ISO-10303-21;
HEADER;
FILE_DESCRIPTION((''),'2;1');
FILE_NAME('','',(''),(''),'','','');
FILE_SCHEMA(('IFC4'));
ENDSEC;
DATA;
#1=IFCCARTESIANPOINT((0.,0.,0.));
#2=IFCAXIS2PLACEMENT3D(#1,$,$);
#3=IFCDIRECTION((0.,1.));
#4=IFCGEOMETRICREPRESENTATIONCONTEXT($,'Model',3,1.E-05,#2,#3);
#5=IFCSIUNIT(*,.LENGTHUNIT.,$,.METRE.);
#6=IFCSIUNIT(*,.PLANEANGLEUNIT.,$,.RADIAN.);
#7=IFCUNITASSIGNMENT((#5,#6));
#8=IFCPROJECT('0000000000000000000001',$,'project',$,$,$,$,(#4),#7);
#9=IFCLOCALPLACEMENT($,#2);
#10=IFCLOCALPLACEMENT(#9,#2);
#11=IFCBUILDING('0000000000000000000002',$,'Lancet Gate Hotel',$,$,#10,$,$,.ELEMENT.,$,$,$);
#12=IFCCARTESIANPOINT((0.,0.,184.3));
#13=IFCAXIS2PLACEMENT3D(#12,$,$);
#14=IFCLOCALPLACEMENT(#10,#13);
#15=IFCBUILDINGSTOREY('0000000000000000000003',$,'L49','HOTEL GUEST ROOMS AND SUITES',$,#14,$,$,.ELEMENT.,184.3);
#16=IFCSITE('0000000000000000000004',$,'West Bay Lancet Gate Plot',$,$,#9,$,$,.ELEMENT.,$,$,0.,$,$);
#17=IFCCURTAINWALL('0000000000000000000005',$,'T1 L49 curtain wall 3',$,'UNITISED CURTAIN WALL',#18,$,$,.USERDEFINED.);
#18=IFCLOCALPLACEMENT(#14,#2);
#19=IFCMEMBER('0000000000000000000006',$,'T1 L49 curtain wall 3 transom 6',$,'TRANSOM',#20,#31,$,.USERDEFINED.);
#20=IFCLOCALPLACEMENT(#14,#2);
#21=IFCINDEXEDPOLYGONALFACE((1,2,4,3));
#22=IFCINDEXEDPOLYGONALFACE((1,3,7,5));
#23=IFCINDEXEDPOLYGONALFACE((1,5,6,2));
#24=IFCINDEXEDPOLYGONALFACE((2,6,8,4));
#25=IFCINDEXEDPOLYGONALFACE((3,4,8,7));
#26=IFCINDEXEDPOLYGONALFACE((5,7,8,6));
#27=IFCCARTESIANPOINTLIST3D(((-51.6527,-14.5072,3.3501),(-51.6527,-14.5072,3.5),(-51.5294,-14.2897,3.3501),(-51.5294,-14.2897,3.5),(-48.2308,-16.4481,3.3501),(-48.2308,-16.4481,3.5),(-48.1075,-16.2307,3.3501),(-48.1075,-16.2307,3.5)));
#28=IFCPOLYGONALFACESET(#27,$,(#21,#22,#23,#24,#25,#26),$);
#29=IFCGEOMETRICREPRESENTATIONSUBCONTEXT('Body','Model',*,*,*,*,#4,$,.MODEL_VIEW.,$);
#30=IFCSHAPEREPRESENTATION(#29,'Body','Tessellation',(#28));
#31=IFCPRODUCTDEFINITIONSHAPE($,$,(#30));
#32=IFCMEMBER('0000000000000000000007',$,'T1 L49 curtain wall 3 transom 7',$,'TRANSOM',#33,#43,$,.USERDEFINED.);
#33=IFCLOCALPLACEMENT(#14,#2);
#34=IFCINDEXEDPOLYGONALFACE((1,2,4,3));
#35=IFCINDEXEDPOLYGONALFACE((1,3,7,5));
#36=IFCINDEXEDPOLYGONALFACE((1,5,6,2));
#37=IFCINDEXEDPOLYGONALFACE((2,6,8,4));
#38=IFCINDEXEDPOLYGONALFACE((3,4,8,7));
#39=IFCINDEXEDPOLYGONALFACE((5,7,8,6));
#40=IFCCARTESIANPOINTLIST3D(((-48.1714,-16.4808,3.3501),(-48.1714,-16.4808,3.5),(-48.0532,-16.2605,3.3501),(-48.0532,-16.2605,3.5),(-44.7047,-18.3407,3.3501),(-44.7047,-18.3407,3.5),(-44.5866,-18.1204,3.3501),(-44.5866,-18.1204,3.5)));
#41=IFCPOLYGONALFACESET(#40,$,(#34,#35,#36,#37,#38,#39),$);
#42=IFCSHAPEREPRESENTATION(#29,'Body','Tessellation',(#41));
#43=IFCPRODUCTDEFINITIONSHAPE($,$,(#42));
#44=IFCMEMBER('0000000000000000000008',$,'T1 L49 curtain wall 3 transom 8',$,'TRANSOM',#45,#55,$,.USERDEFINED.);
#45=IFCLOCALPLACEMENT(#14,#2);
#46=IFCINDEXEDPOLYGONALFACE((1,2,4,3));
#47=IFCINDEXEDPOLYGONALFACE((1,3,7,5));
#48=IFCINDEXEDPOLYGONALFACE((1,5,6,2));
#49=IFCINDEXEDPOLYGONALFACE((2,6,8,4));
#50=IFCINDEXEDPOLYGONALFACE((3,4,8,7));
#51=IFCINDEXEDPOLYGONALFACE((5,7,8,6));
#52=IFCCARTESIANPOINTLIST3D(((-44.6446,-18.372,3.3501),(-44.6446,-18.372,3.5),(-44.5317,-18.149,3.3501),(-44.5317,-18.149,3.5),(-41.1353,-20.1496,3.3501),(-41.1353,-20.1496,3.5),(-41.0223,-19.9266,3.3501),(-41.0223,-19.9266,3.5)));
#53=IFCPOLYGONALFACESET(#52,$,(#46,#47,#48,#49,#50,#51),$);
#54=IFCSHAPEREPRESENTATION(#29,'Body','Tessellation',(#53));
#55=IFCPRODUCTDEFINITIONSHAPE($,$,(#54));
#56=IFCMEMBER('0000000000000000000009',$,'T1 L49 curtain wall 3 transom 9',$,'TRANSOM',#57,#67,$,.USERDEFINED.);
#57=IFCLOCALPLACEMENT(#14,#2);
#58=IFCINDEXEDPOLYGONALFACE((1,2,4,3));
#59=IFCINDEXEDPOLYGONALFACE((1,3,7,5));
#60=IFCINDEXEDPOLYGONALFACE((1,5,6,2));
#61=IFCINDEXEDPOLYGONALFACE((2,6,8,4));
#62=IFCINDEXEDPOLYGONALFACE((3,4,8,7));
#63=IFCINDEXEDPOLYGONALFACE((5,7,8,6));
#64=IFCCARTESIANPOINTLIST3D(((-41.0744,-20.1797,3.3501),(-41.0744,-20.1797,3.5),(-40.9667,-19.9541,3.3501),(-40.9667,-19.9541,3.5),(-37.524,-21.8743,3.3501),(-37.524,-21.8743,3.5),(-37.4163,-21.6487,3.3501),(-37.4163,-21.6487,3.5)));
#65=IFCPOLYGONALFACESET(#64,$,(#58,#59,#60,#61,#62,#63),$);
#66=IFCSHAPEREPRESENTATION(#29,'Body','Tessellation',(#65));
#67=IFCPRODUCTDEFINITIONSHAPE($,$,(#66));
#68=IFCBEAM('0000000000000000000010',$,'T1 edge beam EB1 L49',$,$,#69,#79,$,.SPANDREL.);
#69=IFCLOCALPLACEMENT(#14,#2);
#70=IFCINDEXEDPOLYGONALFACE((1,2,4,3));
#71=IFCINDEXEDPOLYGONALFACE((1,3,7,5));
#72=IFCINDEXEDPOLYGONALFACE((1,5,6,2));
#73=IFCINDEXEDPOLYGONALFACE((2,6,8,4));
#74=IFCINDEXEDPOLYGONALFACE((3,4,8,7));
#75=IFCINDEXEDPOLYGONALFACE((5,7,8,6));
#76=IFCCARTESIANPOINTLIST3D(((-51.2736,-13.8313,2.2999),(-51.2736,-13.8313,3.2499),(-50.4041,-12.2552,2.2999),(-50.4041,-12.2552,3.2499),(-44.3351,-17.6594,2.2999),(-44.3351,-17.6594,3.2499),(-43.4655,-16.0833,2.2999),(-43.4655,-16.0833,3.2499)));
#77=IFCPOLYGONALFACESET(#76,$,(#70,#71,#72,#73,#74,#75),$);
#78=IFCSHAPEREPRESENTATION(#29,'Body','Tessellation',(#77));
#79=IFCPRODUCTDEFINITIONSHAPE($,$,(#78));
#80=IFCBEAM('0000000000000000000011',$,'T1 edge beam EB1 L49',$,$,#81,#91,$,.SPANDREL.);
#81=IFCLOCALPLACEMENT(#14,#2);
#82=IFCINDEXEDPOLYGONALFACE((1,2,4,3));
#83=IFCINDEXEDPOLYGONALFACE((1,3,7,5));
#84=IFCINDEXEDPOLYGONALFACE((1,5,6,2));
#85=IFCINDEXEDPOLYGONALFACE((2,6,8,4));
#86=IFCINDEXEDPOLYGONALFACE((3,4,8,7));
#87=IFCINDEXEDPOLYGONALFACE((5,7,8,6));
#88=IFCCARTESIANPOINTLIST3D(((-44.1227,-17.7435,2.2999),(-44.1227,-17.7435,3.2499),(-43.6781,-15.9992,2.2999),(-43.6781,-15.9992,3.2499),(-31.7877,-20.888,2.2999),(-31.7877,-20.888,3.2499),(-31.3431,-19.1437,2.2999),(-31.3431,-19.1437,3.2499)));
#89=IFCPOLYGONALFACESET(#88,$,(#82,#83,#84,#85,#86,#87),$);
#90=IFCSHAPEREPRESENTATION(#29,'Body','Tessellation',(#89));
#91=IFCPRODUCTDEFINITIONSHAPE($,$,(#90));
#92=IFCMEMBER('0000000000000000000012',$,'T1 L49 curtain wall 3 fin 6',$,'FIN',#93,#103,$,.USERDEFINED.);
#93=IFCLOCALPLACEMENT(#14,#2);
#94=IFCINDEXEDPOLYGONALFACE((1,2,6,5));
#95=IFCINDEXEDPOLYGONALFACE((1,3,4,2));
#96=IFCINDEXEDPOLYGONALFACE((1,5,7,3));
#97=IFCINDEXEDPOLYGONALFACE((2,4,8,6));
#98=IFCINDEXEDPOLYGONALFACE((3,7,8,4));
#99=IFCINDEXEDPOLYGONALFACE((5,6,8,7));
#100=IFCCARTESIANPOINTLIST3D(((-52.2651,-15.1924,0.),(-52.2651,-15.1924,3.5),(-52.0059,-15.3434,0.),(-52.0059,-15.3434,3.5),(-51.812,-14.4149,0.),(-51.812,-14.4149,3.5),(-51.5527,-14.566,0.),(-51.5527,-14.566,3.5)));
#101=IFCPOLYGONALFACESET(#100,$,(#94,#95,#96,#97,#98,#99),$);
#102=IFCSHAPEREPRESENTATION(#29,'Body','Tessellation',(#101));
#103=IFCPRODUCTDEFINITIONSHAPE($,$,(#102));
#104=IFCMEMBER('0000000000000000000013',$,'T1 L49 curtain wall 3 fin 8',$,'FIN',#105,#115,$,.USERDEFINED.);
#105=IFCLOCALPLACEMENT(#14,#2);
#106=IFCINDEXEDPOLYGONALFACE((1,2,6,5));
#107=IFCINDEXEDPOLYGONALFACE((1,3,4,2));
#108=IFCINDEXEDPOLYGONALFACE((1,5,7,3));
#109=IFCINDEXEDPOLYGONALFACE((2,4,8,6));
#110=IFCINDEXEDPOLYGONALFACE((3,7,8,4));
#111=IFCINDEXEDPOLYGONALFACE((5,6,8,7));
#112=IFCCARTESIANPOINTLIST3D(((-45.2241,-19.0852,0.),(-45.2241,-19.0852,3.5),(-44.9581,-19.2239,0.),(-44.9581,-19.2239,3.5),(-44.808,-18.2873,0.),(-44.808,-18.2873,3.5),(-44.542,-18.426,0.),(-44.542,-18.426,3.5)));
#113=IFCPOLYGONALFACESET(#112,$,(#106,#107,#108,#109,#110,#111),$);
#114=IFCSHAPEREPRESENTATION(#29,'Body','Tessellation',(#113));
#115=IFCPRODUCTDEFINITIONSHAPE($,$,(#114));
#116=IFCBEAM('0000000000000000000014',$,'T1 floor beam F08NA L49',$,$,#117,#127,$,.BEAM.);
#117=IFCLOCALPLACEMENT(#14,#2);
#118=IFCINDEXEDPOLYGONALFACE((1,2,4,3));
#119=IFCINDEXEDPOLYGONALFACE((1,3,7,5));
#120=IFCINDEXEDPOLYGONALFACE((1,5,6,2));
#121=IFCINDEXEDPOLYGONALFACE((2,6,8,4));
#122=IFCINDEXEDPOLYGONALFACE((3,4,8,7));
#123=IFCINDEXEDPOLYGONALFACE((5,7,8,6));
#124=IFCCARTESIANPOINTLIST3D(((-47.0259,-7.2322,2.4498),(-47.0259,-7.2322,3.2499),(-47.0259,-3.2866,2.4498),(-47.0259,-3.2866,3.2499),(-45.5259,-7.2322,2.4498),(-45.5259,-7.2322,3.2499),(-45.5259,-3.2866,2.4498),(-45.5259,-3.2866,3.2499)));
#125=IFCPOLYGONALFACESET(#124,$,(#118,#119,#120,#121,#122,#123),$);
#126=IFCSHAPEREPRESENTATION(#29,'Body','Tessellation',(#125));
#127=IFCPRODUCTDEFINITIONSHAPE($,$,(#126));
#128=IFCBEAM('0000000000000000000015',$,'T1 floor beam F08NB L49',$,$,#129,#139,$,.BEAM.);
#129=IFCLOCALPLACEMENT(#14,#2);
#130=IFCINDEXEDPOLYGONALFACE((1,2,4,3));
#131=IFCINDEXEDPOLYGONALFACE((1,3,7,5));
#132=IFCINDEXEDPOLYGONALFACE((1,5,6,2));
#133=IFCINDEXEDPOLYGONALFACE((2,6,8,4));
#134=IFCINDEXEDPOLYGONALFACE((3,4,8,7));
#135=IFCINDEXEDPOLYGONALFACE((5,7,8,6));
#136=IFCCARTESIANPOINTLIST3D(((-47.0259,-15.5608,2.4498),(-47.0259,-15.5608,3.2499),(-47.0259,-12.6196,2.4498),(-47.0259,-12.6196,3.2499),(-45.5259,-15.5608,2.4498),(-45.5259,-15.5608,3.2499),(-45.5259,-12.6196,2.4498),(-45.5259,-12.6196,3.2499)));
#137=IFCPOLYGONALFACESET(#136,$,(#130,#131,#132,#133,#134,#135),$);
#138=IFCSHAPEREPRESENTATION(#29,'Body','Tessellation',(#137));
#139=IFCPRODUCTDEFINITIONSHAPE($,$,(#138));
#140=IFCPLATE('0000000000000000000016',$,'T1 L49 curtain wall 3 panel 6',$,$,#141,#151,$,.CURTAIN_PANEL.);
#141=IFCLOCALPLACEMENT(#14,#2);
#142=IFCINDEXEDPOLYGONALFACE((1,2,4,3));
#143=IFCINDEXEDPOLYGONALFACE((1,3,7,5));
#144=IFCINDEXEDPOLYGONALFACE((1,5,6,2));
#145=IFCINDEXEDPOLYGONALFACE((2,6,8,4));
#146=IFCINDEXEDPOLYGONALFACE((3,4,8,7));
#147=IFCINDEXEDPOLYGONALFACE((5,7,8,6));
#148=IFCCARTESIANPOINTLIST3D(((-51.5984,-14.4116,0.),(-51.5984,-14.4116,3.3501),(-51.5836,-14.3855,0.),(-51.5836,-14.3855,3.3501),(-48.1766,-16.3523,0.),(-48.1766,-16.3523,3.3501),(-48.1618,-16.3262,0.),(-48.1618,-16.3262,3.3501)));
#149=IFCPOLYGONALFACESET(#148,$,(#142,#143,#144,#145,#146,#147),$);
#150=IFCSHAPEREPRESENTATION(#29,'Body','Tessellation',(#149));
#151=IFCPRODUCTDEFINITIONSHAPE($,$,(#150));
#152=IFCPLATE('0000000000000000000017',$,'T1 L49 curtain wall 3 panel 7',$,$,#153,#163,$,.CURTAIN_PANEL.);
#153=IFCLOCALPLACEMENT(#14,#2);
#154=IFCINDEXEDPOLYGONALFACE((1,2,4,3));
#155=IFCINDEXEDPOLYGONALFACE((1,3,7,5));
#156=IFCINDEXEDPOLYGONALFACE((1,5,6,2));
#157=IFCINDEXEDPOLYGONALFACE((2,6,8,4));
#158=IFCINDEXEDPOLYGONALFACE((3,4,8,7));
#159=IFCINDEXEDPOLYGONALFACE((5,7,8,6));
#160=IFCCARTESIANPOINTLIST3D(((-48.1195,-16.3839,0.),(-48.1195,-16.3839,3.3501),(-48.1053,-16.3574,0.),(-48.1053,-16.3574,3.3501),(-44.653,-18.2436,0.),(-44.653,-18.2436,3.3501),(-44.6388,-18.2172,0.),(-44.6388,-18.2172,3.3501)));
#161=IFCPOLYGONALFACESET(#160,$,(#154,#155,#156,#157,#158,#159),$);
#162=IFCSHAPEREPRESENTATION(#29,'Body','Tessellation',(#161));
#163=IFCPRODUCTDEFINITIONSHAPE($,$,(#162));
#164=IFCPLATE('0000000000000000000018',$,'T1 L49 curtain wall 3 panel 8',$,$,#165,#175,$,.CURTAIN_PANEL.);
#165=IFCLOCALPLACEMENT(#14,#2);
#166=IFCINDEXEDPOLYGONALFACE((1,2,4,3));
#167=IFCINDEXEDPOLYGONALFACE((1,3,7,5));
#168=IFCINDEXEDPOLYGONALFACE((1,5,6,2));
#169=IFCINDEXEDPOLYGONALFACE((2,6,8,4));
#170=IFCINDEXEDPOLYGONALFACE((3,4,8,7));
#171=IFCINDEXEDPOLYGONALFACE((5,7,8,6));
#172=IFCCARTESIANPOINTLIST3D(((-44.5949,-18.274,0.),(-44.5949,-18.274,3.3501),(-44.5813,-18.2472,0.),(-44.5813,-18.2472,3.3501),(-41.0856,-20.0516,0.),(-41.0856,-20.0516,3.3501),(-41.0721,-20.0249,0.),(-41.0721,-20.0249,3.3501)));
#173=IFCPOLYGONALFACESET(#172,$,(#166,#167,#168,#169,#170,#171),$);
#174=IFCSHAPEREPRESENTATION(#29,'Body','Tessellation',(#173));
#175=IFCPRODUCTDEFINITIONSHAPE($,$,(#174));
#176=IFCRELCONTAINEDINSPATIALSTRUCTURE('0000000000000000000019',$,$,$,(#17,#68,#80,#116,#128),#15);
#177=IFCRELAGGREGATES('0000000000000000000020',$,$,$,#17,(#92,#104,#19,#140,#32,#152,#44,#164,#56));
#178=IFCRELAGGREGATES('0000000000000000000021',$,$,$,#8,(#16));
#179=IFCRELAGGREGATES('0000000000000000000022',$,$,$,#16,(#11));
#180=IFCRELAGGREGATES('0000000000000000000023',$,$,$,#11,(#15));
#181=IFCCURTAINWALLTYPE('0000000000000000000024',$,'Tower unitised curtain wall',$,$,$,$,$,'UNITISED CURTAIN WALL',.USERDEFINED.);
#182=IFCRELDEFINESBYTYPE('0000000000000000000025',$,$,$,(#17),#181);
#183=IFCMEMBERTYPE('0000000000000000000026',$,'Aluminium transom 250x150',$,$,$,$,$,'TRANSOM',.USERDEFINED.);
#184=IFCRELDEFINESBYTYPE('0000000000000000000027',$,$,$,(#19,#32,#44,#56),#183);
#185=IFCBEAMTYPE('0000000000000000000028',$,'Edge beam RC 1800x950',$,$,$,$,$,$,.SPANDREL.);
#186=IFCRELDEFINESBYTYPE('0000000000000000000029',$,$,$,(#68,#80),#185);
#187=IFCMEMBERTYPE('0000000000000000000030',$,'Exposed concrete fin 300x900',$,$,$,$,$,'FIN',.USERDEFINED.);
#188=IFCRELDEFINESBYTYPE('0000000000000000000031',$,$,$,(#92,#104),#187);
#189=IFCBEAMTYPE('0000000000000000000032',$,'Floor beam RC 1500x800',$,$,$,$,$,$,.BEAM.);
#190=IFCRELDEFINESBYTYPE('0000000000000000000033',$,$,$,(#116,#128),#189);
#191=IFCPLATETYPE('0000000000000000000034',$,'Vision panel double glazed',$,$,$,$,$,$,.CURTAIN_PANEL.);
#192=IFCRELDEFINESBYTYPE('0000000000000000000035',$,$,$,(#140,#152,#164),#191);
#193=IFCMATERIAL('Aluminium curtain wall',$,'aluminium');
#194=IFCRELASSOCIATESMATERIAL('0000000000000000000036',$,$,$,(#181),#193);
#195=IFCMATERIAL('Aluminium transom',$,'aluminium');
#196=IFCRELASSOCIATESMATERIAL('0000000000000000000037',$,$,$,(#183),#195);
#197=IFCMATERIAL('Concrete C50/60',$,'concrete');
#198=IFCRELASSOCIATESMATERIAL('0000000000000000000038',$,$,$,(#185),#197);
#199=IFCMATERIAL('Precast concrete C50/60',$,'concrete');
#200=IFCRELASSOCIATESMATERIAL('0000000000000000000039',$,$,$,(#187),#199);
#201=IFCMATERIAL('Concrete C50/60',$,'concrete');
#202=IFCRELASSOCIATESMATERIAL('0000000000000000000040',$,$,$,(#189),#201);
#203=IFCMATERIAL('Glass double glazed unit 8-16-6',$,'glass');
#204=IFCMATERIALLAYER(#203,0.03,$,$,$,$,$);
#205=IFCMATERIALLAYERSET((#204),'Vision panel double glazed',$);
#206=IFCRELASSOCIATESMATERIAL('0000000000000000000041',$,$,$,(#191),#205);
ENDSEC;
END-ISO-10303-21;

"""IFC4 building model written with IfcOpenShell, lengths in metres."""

from ifc_helpers import new_model, si_unit, direction, frame, origin, origin_2d, place, context, subcontext, project, spatial, rectangle, extrude, material, layer, layer_set, material_profile, profile_set, type_object, element, aggregate, save


model = new_model("IFC4")

# Units and contexts
model_context = context("Model", 3, precision=1e-05, world=origin(), true_north=direction((0.0, 1.0)))
body_context = subcontext(model_context, "Body", "Model", "MODEL_VIEW")
ifc_project = project(units=[si_unit("LENGTHUNIT", "METRE"), si_unit("PLANEANGLEUNIT", "RADIAN")], contexts=[model_context])

# Site, building, storey
site_placement = place(None, origin())
site = spatial("IfcSite", under=ifc_project, at=site_placement, Name="West Bay Lancet Gate Plot", CompositionType="ELEMENT", RefElevation=0.0)
building_placement = place(site_placement, origin())
building = spatial("IfcBuilding", under=site, at=building_placement, Name="Lancet Gate Hotel", CompositionType="ELEMENT")
storey_placement = place(building_placement, frame((0.0, 0.0, 184.3)))
storey = spatial("IfcBuildingStorey", under=building, at=storey_placement, Name="L49", Description="HOTEL GUEST ROOMS AND SUITES", CompositionType="ELEMENT", Elevation=184.3)

# Curtain wall, members
ifc_material_1 = material(Name="Aluminium curtain wall", Category="aluminium")
curtain_wall_type = type_object("IfcCurtainWallType", Name="Tower unitised curtain wall", ElementType="UNITISED CURTAIN WALL", PredefinedType="USERDEFINED", material=ifc_material_1)
curtain_wall_placement = place(storey_placement, origin())
curtain_wall = element("IfcCurtainWall", 1, at=curtain_wall_placement, inside=storey, type_object=curtain_wall_type, Name="T1 L49 curtain wall 3", ObjectType="UNITISED CURTAIN WALL", PredefinedType="USERDEFINED")
ifc_material_2 = material(Name="Aluminium transom", Category="aluminium")
ifc_material_profile_1 = material_profile(ifc_material_2, rectangle(XDim=0.25, YDim=0.1499, at=origin_2d()), Name="TRANSOM 250x150")
ifc_profile_set_1 = profile_set([ifc_material_profile_1], Name="Aluminium transom")
member_type_1 = type_object("IfcMemberType", Name="Aluminium transom 250x150", ElementType="TRANSOM", PredefinedType="USERDEFINED", material=ifc_profile_set_1)
member_1_placement = place(storey_placement, frame((-51.5911, -14.3984, 3.425), z_axis=(0.86982, -0.49337, 0.0), x_axis=(0.49337, 0.86982, 0.0)))
member_1 = element("IfcMember", 2, at=member_1_placement, type_object=member_type_1, Name="T1 L49 curtain wall 3 transom 6", ObjectType="TRANSOM", PredefinedType="USERDEFINED", context=body_context, shape_type="SweptSolid", body=[
    extrude(rectangle(XDim=0.25, YDim=0.1499, at=origin_2d()), origin(), (0.0, 0.0, 1.0), 3.9341),
])
member_2_placement = place(storey_placement, frame((-48.1123, -16.3706, 3.425), z_axis=(0.881185, -0.472771, 0.0), x_axis=(0.472771, 0.881185, 0.0)))
member_2 = element("IfcMember", 3, at=member_2_placement, type_object=member_type_1, Name="T1 L49 curtain wall 3 transom 7", ObjectType="TRANSOM", PredefinedType="USERDEFINED", context=body_context, shape_type="SweptSolid", body=[
    extrude(rectangle(XDim=0.25, YDim=0.1499, at=origin_2d()), origin(), (0.0, 0.0, 1.0), 3.9341),
])
member_3_placement = place(storey_placement, frame((-44.5881, -18.2605, 3.425), z_axis=(0.892081, -0.451875, 0.0), x_axis=(0.451875, 0.892081, 0.0)))
member_3 = element("IfcMember", 4, at=member_3_placement, type_object=member_type_1, Name="T1 L49 curtain wall 3 transom 8", ObjectType="TRANSOM", PredefinedType="USERDEFINED", context=body_context, shape_type="SweptSolid", body=[
    extrude(rectangle(XDim=0.25, YDim=0.1499, at=origin_2d()), origin(), (0.0, 0.0, 1.0), 3.9338),
])
member_4_placement = place(storey_placement, frame((-41.0205, -20.0669, 3.425), z_axis=(0.902469, -0.430755, 0.0), x_axis=(0.430755, 0.902469, 0.0)))
member_4 = element("IfcMember", 5, at=member_4_placement, type_object=member_type_1, Name="T1 L49 curtain wall 3 transom 9", ObjectType="TRANSOM", PredefinedType="USERDEFINED", context=body_context, shape_type="SweptSolid", body=[
    extrude(rectangle(XDim=0.25, YDim=0.1499, at=origin_2d()), origin(), (0.0, 0.0, 1.0), 3.9341),
])

# Beams
ifc_material_3 = material(Name="Concrete C50/60", Category="concrete")
ifc_material_profile_2 = material_profile(ifc_material_3, rectangle(XDim=1.8, YDim=0.95, at=origin_2d()), Name="RC 1800x950")
ifc_profile_set_2 = profile_set([ifc_material_profile_2], Name="Concrete C50/60")
beam_type_1 = type_object("IfcBeamType", Name="Edge beam RC 1800x950", PredefinedType="SPANDREL", material=ifc_profile_set_2)
beam_1_placement = place(storey_placement, frame((-50.8389, -13.0432, 2.7749), z_axis=(0.875578, -0.483077, 0.0), x_axis=(0.483077, 0.875578, 0.0)))
element("IfcBeam", 6, at=beam_1_placement, inside=storey, type_object=beam_type_1, Name="T1 edge beam EB1 L49", PredefinedType="SPANDREL", context=body_context, shape_type="SweptSolid", body=[
    extrude(rectangle(XDim=1.8, YDim=0.95, at=origin_2d()), origin(), (0.0, 0.0, 1.0), 7.9246),
])
beam_2_placement = place(storey_placement, frame((-43.9004, -16.8713, 2.7749), z_axis=(0.969008, -0.247028, 0.0), x_axis=(0.247028, 0.969008, 0.0)))
element("IfcBeam", 7, at=beam_2_placement, inside=storey, type_object=beam_type_1, Name="T1 edge beam EB1 L49", PredefinedType="SPANDREL", context=body_context, shape_type="SweptSolid", body=[
    extrude(rectangle(XDim=1.8, YDim=0.95, at=origin_2d()), origin(), (0.0, 0.0, 1.0), 12.7295),
])

# Members
ifc_material_4 = material(Name="Precast concrete C50/60", Category="concrete")
ifc_material_profile_3 = material_profile(ifc_material_4, rectangle(XDim=0.3, YDim=0.8999, at=origin_2d()), Name="FIN 300x900")
ifc_profile_set_3 = profile_set([ifc_material_profile_3], Name="Precast concrete C50/60")
member_type_2 = type_object("IfcMemberType", Name="Exposed concrete fin 300x900", ElementType="FIN", PredefinedType="USERDEFINED", material=ifc_profile_set_3)
member_5_placement = place(storey_placement, frame((-51.9089, -14.8792, 0.0), z_axis=(0.0, 0.0, 1.0), x_axis=(0.863969, -0.503545, 0.0)))
member_5 = element("IfcMember", 8, at=member_5_placement, type_object=member_type_2, Name="T1 L49 curtain wall 3 fin 6", ObjectType="FIN", PredefinedType="USERDEFINED", context=body_context, shape_type="SweptSolid", body=[
    extrude(rectangle(XDim=0.3, YDim=0.8999, at=origin_2d()), origin(), (0.0, 0.0, 1.0), 3.5),
])
member_6_placement = place(storey_placement, frame((-44.8831, -18.7556, 0.0), z_axis=(0.0, 0.0, 1.0), x_axis=(0.886694, -0.462356, 0.0)))
member_6 = element("IfcMember", 9, at=member_6_placement, type_object=member_type_2, Name="T1 L49 curtain wall 3 fin 8", ObjectType="FIN", PredefinedType="USERDEFINED", context=body_context, shape_type="SweptSolid", body=[
    extrude(rectangle(XDim=0.3, YDim=0.8999, at=origin_2d()), origin(), (0.0, 0.0, 1.0), 3.5),
])

# Beams
ifc_material_5 = material(Name="Concrete C50/60", Category="concrete")
ifc_material_profile_4 = material_profile(ifc_material_5, rectangle(XDim=1.5, YDim=0.8, at=origin_2d()), Name="RC 1500x800")
ifc_profile_set_4 = profile_set([ifc_material_profile_4], Name="Concrete C50/60")
beam_type_2 = type_object("IfcBeamType", Name="Floor beam RC 1500x800", PredefinedType="BEAM", material=ifc_profile_set_4)
beam_3_placement = place(storey_placement, frame((-46.2759, -3.2866, 2.8499), z_axis=(0.0, -1.0, 0.0), x_axis=(1.0, 0.0, 0.0)))
element("IfcBeam", 10, at=beam_3_placement, inside=storey, type_object=beam_type_2, Name="T1 floor beam F08NA L49", PredefinedType="BEAM", context=body_context, shape_type="SweptSolid", body=[
    extrude(rectangle(XDim=1.5, YDim=0.8, at=origin_2d()), origin(), (0.0, 0.0, 1.0), 3.9456),
])
beam_4_placement = place(storey_placement, frame((-46.2759, -12.6196, 2.8499), z_axis=(0.0, -1.0, 0.0), x_axis=(1.0, 0.0, 0.0)))
element("IfcBeam", 11, at=beam_4_placement, inside=storey, type_object=beam_type_2, Name="T1 floor beam F08NB L49", PredefinedType="BEAM", context=body_context, shape_type="SweptSolid", body=[
    extrude(rectangle(XDim=1.5, YDim=0.8, at=origin_2d()), origin(), (0.0, 0.0, 1.0), 2.9412),
])

# Plates
ifc_material_6 = material(Name="Glass double glazed unit 8-16-6", Category="glass")
ifc_layer_1 = layer(ifc_material_6, 0.03)
ifc_layer_set_1 = layer_set([ifc_layer_1], Name="Vision panel double glazed")
plate_type = type_object("IfcPlateType", Name="Vision panel double glazed", PredefinedType="CURTAIN_PANEL", material=ifc_layer_set_1)
plate_1_placement = place(storey_placement, frame((-49.8801, -15.3689, 0.0), z_axis=(0.0, 0.0, 1.0), x_axis=(0.869831, -0.493349, 0.0)))
plate_1 = element("IfcPlate", 12, at=plate_1_placement, type_object=plate_type, Name="T1 L49 curtain wall 3 panel 6", PredefinedType="CURTAIN_PANEL", context=body_context, shape_type="SweptSolid", body=[
    extrude(rectangle(XDim=3.9338, YDim=0.03, at=origin_2d()), origin(), (0.0, 0.0, 1.0), 3.3501),
])
plate_2_placement = place(storey_placement, frame((-46.3792, -17.3005, 0.0), z_axis=(0.0, 0.0, 1.0), x_axis=(0.881195, -0.472753, 0.0)))
plate_2 = element("IfcPlate", 13, at=plate_2_placement, type_object=plate_type, Name="T1 L49 curtain wall 3 panel 7", PredefinedType="CURTAIN_PANEL", context=body_context, shape_type="SweptSolid", body=[
    extrude(rectangle(XDim=3.9338, YDim=0.03, at=origin_2d()), origin(), (0.0, 0.0, 1.0), 3.3501),
])
plate_3_placement = place(storey_placement, frame((-42.8335, -19.1494, 0.0), z_axis=(0.0, 0.0, 1.0), x_axis=(0.892071, -0.451895, 0.0)))
plate_3 = element("IfcPlate", 14, at=plate_3_placement, type_object=plate_type, Name="T1 L49 curtain wall 3 panel 8", PredefinedType="CURTAIN_PANEL", context=body_context, shape_type="SweptSolid", body=[
    extrude(rectangle(XDim=3.9338, YDim=0.03, at=origin_2d()), origin(), (0.0, 0.0, 1.0), 3.3501),
])
aggregate(curtain_wall, [member_5, member_6, member_1, plate_1, member_2, plate_2, member_3, plate_3, member_4])

save(model, "model.ifc")
